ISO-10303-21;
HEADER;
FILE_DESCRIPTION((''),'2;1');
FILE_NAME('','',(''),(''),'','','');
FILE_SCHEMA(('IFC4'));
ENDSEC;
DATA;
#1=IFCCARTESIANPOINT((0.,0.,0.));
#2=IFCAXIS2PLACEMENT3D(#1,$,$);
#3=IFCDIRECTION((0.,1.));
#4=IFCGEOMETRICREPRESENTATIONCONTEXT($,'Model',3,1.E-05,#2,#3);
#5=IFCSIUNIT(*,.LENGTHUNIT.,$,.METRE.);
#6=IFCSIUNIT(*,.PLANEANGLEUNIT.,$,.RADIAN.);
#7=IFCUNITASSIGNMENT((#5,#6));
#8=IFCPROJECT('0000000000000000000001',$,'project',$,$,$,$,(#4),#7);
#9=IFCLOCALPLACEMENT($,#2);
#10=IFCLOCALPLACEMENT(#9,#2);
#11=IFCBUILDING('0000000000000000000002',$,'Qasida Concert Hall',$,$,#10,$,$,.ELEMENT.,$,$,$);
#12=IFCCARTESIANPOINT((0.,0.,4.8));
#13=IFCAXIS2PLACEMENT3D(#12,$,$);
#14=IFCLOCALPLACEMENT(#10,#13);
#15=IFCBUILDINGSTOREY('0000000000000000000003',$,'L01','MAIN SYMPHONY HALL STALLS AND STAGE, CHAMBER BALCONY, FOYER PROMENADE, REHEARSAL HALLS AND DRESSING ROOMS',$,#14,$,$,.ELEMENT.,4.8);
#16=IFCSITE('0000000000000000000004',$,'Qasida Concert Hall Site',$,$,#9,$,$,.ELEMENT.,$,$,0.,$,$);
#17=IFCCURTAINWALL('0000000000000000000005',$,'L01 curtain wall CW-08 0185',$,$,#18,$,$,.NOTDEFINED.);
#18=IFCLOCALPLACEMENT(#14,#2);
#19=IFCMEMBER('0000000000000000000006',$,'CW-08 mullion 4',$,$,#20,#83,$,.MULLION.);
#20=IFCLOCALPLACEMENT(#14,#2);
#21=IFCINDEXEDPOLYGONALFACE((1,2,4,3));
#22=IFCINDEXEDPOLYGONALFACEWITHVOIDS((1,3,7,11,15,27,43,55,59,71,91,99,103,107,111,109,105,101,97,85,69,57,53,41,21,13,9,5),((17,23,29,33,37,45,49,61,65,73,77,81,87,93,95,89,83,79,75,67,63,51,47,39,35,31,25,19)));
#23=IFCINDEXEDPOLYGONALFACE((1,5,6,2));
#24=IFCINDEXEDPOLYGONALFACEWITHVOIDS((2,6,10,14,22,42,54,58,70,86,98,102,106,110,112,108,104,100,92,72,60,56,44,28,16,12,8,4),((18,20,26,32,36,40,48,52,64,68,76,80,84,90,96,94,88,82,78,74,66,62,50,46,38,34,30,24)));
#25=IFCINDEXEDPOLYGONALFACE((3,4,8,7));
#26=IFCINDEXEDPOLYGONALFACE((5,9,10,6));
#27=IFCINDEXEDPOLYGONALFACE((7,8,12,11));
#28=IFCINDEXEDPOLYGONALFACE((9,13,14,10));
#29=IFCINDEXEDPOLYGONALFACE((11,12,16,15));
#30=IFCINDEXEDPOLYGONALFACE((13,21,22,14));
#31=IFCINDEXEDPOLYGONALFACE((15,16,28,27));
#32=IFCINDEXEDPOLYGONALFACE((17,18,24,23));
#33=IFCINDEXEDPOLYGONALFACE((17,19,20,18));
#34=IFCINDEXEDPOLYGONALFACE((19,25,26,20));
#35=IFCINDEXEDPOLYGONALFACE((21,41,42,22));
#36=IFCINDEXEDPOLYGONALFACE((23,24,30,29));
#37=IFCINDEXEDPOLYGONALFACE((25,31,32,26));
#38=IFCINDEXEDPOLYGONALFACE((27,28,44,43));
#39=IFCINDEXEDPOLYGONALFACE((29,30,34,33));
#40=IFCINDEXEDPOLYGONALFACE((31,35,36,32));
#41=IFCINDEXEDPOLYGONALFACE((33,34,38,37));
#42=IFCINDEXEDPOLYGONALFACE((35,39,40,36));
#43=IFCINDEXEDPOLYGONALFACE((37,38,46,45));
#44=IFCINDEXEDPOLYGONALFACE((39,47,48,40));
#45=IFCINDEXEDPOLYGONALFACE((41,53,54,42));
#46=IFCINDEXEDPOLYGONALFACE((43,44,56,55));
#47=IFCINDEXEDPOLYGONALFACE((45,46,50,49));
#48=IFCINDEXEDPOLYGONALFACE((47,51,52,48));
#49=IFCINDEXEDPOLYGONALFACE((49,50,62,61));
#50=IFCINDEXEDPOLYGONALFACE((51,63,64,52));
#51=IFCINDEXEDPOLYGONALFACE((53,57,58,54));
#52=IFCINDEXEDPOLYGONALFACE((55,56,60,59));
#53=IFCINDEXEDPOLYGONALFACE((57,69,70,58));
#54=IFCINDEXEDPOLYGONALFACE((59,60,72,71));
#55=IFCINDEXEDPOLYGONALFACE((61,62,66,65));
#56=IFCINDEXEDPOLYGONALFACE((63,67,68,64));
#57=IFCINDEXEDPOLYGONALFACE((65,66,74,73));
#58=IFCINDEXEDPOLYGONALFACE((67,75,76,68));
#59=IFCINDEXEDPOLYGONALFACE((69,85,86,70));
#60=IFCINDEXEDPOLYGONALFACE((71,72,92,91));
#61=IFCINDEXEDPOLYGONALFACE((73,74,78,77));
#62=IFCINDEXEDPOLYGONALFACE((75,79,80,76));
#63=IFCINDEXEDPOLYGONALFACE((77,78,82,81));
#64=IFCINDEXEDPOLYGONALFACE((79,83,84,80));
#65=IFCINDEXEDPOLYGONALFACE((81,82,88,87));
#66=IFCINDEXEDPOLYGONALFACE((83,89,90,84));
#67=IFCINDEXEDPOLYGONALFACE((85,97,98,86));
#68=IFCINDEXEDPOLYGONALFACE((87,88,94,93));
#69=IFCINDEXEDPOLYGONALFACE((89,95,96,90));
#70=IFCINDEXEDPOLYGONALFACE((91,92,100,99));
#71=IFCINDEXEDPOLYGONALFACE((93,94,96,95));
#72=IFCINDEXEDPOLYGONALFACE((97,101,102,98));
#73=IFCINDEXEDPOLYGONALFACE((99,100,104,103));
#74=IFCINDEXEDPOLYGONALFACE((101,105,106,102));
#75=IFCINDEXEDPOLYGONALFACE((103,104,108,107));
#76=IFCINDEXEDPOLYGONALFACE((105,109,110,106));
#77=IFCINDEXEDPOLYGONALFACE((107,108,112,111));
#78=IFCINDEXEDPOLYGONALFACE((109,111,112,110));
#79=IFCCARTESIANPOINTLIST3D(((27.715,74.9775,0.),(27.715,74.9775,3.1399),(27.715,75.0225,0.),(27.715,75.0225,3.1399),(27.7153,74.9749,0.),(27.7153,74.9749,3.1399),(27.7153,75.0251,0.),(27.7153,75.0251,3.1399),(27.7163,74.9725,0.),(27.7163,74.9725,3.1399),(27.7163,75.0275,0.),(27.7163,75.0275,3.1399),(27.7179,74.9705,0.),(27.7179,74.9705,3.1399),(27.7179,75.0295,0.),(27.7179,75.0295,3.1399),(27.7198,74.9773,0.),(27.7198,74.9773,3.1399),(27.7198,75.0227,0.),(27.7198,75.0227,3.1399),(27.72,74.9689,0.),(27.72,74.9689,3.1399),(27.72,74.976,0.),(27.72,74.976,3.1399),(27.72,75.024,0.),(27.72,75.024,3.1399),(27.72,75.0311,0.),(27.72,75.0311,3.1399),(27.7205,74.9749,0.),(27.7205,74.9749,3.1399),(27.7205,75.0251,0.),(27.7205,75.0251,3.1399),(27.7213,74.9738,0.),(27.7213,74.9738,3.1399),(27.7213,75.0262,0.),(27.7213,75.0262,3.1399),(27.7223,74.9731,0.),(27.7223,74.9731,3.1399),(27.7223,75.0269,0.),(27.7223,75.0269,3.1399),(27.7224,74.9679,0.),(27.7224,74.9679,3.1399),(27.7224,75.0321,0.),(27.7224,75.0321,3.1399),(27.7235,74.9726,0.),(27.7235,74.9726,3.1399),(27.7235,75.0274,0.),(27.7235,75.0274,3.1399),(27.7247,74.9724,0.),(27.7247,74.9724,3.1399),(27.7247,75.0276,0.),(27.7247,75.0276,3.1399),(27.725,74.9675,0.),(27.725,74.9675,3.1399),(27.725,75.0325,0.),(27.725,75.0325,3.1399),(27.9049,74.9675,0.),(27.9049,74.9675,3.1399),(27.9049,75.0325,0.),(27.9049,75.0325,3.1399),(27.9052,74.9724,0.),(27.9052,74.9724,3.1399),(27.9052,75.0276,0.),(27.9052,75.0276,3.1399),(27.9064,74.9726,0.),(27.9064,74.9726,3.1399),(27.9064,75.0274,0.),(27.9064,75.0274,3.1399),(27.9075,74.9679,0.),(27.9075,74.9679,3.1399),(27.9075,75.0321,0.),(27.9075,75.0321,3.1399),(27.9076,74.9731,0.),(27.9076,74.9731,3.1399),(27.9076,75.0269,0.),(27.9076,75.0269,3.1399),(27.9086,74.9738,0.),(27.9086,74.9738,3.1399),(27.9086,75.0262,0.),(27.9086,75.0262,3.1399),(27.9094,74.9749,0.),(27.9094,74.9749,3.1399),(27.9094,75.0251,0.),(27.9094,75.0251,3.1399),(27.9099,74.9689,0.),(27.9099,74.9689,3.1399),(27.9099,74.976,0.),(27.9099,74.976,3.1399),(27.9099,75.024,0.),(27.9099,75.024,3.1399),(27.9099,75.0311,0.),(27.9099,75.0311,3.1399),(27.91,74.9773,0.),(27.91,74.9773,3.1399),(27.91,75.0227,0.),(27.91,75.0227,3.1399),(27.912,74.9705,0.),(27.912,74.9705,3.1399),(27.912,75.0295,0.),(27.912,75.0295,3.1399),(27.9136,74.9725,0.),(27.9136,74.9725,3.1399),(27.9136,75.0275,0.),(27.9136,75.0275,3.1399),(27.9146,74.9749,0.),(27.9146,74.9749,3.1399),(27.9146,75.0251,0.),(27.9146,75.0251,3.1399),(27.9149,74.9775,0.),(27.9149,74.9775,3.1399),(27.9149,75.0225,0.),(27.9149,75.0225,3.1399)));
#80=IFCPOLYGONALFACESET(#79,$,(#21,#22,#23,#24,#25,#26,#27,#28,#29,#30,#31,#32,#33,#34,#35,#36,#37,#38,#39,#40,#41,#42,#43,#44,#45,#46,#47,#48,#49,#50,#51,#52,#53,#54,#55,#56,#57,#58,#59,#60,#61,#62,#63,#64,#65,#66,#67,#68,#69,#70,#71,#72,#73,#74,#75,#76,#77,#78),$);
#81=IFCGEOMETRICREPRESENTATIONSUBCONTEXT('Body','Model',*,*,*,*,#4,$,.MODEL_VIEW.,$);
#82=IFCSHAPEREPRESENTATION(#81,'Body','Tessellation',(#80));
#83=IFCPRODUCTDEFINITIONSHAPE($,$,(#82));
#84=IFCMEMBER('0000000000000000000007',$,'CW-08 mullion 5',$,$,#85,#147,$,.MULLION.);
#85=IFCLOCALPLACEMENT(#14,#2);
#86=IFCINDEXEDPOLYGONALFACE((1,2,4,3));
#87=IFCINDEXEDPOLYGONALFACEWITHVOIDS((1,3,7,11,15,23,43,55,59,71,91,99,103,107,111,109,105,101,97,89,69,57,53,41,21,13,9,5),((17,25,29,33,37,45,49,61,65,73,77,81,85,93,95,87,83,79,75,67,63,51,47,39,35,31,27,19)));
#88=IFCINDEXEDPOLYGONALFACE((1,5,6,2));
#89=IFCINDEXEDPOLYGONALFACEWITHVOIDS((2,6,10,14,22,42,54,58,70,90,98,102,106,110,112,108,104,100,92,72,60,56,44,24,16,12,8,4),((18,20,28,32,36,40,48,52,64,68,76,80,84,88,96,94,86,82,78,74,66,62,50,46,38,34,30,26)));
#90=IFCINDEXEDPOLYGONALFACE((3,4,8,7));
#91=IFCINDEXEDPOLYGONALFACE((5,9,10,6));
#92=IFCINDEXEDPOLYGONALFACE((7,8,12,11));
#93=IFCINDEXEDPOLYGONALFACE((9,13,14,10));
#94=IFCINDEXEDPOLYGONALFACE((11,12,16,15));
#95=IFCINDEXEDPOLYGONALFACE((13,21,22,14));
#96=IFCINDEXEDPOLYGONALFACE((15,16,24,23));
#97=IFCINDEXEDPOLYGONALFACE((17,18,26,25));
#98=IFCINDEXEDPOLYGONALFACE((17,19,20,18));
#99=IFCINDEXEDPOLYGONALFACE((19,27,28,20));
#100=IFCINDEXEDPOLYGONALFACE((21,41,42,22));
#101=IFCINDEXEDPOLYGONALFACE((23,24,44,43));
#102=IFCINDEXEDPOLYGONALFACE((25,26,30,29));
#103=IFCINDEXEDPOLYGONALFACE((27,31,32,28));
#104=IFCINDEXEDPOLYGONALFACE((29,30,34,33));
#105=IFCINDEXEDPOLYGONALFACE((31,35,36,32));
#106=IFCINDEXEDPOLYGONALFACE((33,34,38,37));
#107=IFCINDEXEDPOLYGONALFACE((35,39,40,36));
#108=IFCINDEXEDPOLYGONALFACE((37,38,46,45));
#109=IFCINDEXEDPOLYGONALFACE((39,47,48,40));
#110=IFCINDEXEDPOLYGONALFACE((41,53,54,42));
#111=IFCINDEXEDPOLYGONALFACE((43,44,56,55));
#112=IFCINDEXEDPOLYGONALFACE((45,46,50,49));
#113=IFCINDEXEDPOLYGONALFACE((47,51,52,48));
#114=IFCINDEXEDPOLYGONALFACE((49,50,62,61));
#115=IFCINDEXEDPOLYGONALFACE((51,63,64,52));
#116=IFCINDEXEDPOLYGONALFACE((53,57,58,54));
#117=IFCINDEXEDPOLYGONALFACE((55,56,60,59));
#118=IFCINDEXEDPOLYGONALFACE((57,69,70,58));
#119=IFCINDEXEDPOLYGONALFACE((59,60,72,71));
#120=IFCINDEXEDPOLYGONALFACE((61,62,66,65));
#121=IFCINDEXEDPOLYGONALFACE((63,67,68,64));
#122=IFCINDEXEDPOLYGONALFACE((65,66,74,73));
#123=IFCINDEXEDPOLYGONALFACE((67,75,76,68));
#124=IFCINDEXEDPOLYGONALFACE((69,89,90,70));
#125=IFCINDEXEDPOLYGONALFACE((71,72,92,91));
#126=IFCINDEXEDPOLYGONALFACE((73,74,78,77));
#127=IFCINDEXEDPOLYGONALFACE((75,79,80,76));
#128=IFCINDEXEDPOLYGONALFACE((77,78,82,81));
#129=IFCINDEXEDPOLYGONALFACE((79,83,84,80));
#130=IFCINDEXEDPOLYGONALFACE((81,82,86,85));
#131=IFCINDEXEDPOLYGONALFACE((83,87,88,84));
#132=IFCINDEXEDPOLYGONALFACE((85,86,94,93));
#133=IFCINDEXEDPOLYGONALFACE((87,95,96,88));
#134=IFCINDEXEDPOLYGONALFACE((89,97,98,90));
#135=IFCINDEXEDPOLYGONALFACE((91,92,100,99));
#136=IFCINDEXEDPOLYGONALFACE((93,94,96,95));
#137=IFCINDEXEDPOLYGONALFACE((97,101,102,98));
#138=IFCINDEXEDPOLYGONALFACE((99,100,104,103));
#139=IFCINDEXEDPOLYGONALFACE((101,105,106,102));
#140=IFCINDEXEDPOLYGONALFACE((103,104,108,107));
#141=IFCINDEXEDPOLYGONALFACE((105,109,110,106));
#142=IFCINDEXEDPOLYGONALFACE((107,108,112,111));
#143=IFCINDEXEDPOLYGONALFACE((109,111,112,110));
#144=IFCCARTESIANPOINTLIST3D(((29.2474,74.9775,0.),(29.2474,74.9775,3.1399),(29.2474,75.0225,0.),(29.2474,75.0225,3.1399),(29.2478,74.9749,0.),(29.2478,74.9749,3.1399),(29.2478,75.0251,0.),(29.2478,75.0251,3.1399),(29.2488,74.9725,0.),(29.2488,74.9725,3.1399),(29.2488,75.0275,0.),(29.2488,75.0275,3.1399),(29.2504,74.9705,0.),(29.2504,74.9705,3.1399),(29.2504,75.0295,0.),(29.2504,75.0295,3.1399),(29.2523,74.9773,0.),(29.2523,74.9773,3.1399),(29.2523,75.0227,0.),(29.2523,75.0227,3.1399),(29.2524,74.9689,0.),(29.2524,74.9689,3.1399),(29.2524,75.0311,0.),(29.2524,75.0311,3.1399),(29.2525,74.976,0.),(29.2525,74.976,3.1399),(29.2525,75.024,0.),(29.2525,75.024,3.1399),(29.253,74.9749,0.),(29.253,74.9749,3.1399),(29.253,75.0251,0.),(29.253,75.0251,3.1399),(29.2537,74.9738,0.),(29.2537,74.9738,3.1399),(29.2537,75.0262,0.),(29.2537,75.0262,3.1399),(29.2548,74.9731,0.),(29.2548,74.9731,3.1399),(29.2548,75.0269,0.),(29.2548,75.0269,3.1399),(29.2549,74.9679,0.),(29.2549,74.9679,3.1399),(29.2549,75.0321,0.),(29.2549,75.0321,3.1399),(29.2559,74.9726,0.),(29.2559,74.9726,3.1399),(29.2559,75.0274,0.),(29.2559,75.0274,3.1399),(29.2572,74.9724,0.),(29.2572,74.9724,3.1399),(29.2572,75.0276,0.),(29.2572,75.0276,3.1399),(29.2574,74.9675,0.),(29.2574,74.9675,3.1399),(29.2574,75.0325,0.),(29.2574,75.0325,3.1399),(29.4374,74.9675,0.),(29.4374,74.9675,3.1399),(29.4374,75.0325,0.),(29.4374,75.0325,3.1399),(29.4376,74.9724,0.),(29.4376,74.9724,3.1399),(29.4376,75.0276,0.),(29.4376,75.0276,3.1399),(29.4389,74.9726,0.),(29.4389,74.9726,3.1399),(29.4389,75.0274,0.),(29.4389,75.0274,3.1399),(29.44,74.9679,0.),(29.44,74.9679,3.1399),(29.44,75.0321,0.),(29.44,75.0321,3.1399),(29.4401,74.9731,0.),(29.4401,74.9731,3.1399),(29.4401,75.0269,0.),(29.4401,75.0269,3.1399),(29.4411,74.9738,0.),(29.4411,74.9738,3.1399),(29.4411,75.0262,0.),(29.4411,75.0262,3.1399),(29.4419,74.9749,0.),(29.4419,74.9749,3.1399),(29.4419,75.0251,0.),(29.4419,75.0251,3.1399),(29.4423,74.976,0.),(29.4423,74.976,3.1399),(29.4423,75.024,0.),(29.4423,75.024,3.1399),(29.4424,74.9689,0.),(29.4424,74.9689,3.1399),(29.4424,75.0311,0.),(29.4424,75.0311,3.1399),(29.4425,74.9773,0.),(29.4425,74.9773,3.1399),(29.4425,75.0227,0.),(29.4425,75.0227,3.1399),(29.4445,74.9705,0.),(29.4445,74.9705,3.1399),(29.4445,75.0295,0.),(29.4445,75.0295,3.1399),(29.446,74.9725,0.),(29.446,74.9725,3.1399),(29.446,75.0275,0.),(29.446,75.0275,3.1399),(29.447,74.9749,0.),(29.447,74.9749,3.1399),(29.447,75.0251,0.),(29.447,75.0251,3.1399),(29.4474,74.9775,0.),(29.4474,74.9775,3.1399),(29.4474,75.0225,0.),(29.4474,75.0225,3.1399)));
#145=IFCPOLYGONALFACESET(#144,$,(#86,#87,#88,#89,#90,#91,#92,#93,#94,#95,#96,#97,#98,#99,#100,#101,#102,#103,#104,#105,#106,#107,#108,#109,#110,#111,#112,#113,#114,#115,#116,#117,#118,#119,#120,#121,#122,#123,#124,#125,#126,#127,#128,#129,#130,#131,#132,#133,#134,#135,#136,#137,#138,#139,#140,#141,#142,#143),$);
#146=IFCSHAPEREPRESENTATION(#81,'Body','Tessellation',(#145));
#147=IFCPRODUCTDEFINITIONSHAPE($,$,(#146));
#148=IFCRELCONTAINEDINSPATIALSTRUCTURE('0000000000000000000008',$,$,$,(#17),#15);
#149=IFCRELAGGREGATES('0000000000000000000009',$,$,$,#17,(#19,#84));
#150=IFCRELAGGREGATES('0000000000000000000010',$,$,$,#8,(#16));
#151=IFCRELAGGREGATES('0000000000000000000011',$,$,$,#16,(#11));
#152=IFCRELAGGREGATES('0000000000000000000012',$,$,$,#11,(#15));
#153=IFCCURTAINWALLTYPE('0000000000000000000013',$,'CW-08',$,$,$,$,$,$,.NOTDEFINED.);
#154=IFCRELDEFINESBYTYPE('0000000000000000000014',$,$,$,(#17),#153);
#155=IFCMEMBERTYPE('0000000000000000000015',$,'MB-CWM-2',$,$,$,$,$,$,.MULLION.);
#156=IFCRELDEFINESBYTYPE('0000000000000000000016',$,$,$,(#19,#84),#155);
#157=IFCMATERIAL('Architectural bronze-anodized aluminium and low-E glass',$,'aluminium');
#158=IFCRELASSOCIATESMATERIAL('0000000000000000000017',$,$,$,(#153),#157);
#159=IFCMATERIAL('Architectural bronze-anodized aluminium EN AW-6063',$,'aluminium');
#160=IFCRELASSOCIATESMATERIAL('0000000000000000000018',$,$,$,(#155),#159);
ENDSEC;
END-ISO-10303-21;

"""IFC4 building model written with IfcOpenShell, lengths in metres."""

from ifc_helpers import new_model, si_unit, direction, frame, origin, origin_2d, place, context, subcontext, project, spatial, hollow_rectangle, extrude, material, material_profile, profile_set, type_object, element, aggregate, save


model = new_model("IFC4")

# Units and contexts
model_context = context("Model", 3, precision=1e-05, world=origin(), true_north=direction((0.0, 1.0)))
body_context = subcontext(model_context, "Body", "Model", "MODEL_VIEW")
ifc_project = project(units=[si_unit("LENGTHUNIT", "METRE"), si_unit("PLANEANGLEUNIT", "RADIAN")], contexts=[model_context])

# Site, building, storey
site_placement = place(None, origin())
site = spatial("IfcSite", under=ifc_project, at=site_placement, Name="Qasida Concert Hall Site", CompositionType="ELEMENT", RefElevation=0.0)
building_placement = place(site_placement, origin())
building = spatial("IfcBuilding", under=site, at=building_placement, Name="Qasida Concert Hall", CompositionType="ELEMENT")
storey_placement = place(building_placement, frame((0.0, 0.0, 4.8)))
storey = spatial("IfcBuildingStorey", under=building, at=storey_placement, Name="L01", Description="MAIN SYMPHONY HALL STALLS AND STAGE, CHAMBER BALCONY, FOYER PROMENADE, REHEARSAL HALLS AND DRESSING ROOMS", CompositionType="ELEMENT", Elevation=4.8)

# Curtain wall, members
ifc_material_1 = material(Name="Architectural bronze-anodized aluminium and low-E glass", Category="aluminium")
curtain_wall_type = type_object("IfcCurtainWallType", Name="CW-08", PredefinedType="NOTDEFINED", material=ifc_material_1)
curtain_wall_placement = place(storey_placement, origin())
curtain_wall = element("IfcCurtainWall", 1, at=curtain_wall_placement, inside=storey, type_object=curtain_wall_type, Name="L01 curtain wall CW-08 0185", PredefinedType="NOTDEFINED")
ifc_material_2 = material(Name="Architectural bronze-anodized aluminium EN AW-6063", Category="aluminium")
ifc_material_profile_1 = material_profile(ifc_material_2, hollow_rectangle(XDim=0.0649, YDim=0.2, WallThickness=0.0049, InnerFilletRadius=0.0049, OuterFilletRadius=0.01, at=origin_2d()), Name="CWM 200x65x5")
ifc_profile_set_1 = profile_set([ifc_material_profile_1], Name="Architectural bronze-anodized aluminium EN AW-6063")
member_type_1 = type_object("IfcMemberType", Name="MB-CWM-2", PredefinedType="MULLION", material=ifc_profile_set_1)
member_1_placement = place(storey_placement, frame((27.8149, 75.0, 0.0), z_axis=(0.0, 0.0, 1.0), x_axis=(0.0, 1.0, 0.0)))
member_1 = element("IfcMember", 2, at=member_1_placement, type_object=member_type_1, Name="CW-08 mullion 4", PredefinedType="MULLION", context=body_context, shape_type="SweptSolid", body=[
    extrude(hollow_rectangle(XDim=0.0649, YDim=0.2, WallThickness=0.0049, InnerFilletRadius=0.0049, OuterFilletRadius=0.01, at=origin_2d()), origin(), (0.0, 0.0, 1.0), 3.1399),
])
member_2_placement = place(storey_placement, frame((29.3474, 75.0, 0.0), z_axis=(0.0, 0.0, 1.0), x_axis=(0.0, 1.0, 0.0)))
member_2 = element("IfcMember", 3, at=member_2_placement, type_object=member_type_1, Name="CW-08 mullion 5", PredefinedType="MULLION", context=body_context, shape_type="SweptSolid", body=[
    extrude(hollow_rectangle(XDim=0.0649, YDim=0.2, WallThickness=0.0049, InnerFilletRadius=0.0049, OuterFilletRadius=0.01, at=origin_2d()), origin(), (0.0, 0.0, 1.0), 3.1399),
])
aggregate(curtain_wall, [member_1, member_2])

save(model, "model.ifc")
